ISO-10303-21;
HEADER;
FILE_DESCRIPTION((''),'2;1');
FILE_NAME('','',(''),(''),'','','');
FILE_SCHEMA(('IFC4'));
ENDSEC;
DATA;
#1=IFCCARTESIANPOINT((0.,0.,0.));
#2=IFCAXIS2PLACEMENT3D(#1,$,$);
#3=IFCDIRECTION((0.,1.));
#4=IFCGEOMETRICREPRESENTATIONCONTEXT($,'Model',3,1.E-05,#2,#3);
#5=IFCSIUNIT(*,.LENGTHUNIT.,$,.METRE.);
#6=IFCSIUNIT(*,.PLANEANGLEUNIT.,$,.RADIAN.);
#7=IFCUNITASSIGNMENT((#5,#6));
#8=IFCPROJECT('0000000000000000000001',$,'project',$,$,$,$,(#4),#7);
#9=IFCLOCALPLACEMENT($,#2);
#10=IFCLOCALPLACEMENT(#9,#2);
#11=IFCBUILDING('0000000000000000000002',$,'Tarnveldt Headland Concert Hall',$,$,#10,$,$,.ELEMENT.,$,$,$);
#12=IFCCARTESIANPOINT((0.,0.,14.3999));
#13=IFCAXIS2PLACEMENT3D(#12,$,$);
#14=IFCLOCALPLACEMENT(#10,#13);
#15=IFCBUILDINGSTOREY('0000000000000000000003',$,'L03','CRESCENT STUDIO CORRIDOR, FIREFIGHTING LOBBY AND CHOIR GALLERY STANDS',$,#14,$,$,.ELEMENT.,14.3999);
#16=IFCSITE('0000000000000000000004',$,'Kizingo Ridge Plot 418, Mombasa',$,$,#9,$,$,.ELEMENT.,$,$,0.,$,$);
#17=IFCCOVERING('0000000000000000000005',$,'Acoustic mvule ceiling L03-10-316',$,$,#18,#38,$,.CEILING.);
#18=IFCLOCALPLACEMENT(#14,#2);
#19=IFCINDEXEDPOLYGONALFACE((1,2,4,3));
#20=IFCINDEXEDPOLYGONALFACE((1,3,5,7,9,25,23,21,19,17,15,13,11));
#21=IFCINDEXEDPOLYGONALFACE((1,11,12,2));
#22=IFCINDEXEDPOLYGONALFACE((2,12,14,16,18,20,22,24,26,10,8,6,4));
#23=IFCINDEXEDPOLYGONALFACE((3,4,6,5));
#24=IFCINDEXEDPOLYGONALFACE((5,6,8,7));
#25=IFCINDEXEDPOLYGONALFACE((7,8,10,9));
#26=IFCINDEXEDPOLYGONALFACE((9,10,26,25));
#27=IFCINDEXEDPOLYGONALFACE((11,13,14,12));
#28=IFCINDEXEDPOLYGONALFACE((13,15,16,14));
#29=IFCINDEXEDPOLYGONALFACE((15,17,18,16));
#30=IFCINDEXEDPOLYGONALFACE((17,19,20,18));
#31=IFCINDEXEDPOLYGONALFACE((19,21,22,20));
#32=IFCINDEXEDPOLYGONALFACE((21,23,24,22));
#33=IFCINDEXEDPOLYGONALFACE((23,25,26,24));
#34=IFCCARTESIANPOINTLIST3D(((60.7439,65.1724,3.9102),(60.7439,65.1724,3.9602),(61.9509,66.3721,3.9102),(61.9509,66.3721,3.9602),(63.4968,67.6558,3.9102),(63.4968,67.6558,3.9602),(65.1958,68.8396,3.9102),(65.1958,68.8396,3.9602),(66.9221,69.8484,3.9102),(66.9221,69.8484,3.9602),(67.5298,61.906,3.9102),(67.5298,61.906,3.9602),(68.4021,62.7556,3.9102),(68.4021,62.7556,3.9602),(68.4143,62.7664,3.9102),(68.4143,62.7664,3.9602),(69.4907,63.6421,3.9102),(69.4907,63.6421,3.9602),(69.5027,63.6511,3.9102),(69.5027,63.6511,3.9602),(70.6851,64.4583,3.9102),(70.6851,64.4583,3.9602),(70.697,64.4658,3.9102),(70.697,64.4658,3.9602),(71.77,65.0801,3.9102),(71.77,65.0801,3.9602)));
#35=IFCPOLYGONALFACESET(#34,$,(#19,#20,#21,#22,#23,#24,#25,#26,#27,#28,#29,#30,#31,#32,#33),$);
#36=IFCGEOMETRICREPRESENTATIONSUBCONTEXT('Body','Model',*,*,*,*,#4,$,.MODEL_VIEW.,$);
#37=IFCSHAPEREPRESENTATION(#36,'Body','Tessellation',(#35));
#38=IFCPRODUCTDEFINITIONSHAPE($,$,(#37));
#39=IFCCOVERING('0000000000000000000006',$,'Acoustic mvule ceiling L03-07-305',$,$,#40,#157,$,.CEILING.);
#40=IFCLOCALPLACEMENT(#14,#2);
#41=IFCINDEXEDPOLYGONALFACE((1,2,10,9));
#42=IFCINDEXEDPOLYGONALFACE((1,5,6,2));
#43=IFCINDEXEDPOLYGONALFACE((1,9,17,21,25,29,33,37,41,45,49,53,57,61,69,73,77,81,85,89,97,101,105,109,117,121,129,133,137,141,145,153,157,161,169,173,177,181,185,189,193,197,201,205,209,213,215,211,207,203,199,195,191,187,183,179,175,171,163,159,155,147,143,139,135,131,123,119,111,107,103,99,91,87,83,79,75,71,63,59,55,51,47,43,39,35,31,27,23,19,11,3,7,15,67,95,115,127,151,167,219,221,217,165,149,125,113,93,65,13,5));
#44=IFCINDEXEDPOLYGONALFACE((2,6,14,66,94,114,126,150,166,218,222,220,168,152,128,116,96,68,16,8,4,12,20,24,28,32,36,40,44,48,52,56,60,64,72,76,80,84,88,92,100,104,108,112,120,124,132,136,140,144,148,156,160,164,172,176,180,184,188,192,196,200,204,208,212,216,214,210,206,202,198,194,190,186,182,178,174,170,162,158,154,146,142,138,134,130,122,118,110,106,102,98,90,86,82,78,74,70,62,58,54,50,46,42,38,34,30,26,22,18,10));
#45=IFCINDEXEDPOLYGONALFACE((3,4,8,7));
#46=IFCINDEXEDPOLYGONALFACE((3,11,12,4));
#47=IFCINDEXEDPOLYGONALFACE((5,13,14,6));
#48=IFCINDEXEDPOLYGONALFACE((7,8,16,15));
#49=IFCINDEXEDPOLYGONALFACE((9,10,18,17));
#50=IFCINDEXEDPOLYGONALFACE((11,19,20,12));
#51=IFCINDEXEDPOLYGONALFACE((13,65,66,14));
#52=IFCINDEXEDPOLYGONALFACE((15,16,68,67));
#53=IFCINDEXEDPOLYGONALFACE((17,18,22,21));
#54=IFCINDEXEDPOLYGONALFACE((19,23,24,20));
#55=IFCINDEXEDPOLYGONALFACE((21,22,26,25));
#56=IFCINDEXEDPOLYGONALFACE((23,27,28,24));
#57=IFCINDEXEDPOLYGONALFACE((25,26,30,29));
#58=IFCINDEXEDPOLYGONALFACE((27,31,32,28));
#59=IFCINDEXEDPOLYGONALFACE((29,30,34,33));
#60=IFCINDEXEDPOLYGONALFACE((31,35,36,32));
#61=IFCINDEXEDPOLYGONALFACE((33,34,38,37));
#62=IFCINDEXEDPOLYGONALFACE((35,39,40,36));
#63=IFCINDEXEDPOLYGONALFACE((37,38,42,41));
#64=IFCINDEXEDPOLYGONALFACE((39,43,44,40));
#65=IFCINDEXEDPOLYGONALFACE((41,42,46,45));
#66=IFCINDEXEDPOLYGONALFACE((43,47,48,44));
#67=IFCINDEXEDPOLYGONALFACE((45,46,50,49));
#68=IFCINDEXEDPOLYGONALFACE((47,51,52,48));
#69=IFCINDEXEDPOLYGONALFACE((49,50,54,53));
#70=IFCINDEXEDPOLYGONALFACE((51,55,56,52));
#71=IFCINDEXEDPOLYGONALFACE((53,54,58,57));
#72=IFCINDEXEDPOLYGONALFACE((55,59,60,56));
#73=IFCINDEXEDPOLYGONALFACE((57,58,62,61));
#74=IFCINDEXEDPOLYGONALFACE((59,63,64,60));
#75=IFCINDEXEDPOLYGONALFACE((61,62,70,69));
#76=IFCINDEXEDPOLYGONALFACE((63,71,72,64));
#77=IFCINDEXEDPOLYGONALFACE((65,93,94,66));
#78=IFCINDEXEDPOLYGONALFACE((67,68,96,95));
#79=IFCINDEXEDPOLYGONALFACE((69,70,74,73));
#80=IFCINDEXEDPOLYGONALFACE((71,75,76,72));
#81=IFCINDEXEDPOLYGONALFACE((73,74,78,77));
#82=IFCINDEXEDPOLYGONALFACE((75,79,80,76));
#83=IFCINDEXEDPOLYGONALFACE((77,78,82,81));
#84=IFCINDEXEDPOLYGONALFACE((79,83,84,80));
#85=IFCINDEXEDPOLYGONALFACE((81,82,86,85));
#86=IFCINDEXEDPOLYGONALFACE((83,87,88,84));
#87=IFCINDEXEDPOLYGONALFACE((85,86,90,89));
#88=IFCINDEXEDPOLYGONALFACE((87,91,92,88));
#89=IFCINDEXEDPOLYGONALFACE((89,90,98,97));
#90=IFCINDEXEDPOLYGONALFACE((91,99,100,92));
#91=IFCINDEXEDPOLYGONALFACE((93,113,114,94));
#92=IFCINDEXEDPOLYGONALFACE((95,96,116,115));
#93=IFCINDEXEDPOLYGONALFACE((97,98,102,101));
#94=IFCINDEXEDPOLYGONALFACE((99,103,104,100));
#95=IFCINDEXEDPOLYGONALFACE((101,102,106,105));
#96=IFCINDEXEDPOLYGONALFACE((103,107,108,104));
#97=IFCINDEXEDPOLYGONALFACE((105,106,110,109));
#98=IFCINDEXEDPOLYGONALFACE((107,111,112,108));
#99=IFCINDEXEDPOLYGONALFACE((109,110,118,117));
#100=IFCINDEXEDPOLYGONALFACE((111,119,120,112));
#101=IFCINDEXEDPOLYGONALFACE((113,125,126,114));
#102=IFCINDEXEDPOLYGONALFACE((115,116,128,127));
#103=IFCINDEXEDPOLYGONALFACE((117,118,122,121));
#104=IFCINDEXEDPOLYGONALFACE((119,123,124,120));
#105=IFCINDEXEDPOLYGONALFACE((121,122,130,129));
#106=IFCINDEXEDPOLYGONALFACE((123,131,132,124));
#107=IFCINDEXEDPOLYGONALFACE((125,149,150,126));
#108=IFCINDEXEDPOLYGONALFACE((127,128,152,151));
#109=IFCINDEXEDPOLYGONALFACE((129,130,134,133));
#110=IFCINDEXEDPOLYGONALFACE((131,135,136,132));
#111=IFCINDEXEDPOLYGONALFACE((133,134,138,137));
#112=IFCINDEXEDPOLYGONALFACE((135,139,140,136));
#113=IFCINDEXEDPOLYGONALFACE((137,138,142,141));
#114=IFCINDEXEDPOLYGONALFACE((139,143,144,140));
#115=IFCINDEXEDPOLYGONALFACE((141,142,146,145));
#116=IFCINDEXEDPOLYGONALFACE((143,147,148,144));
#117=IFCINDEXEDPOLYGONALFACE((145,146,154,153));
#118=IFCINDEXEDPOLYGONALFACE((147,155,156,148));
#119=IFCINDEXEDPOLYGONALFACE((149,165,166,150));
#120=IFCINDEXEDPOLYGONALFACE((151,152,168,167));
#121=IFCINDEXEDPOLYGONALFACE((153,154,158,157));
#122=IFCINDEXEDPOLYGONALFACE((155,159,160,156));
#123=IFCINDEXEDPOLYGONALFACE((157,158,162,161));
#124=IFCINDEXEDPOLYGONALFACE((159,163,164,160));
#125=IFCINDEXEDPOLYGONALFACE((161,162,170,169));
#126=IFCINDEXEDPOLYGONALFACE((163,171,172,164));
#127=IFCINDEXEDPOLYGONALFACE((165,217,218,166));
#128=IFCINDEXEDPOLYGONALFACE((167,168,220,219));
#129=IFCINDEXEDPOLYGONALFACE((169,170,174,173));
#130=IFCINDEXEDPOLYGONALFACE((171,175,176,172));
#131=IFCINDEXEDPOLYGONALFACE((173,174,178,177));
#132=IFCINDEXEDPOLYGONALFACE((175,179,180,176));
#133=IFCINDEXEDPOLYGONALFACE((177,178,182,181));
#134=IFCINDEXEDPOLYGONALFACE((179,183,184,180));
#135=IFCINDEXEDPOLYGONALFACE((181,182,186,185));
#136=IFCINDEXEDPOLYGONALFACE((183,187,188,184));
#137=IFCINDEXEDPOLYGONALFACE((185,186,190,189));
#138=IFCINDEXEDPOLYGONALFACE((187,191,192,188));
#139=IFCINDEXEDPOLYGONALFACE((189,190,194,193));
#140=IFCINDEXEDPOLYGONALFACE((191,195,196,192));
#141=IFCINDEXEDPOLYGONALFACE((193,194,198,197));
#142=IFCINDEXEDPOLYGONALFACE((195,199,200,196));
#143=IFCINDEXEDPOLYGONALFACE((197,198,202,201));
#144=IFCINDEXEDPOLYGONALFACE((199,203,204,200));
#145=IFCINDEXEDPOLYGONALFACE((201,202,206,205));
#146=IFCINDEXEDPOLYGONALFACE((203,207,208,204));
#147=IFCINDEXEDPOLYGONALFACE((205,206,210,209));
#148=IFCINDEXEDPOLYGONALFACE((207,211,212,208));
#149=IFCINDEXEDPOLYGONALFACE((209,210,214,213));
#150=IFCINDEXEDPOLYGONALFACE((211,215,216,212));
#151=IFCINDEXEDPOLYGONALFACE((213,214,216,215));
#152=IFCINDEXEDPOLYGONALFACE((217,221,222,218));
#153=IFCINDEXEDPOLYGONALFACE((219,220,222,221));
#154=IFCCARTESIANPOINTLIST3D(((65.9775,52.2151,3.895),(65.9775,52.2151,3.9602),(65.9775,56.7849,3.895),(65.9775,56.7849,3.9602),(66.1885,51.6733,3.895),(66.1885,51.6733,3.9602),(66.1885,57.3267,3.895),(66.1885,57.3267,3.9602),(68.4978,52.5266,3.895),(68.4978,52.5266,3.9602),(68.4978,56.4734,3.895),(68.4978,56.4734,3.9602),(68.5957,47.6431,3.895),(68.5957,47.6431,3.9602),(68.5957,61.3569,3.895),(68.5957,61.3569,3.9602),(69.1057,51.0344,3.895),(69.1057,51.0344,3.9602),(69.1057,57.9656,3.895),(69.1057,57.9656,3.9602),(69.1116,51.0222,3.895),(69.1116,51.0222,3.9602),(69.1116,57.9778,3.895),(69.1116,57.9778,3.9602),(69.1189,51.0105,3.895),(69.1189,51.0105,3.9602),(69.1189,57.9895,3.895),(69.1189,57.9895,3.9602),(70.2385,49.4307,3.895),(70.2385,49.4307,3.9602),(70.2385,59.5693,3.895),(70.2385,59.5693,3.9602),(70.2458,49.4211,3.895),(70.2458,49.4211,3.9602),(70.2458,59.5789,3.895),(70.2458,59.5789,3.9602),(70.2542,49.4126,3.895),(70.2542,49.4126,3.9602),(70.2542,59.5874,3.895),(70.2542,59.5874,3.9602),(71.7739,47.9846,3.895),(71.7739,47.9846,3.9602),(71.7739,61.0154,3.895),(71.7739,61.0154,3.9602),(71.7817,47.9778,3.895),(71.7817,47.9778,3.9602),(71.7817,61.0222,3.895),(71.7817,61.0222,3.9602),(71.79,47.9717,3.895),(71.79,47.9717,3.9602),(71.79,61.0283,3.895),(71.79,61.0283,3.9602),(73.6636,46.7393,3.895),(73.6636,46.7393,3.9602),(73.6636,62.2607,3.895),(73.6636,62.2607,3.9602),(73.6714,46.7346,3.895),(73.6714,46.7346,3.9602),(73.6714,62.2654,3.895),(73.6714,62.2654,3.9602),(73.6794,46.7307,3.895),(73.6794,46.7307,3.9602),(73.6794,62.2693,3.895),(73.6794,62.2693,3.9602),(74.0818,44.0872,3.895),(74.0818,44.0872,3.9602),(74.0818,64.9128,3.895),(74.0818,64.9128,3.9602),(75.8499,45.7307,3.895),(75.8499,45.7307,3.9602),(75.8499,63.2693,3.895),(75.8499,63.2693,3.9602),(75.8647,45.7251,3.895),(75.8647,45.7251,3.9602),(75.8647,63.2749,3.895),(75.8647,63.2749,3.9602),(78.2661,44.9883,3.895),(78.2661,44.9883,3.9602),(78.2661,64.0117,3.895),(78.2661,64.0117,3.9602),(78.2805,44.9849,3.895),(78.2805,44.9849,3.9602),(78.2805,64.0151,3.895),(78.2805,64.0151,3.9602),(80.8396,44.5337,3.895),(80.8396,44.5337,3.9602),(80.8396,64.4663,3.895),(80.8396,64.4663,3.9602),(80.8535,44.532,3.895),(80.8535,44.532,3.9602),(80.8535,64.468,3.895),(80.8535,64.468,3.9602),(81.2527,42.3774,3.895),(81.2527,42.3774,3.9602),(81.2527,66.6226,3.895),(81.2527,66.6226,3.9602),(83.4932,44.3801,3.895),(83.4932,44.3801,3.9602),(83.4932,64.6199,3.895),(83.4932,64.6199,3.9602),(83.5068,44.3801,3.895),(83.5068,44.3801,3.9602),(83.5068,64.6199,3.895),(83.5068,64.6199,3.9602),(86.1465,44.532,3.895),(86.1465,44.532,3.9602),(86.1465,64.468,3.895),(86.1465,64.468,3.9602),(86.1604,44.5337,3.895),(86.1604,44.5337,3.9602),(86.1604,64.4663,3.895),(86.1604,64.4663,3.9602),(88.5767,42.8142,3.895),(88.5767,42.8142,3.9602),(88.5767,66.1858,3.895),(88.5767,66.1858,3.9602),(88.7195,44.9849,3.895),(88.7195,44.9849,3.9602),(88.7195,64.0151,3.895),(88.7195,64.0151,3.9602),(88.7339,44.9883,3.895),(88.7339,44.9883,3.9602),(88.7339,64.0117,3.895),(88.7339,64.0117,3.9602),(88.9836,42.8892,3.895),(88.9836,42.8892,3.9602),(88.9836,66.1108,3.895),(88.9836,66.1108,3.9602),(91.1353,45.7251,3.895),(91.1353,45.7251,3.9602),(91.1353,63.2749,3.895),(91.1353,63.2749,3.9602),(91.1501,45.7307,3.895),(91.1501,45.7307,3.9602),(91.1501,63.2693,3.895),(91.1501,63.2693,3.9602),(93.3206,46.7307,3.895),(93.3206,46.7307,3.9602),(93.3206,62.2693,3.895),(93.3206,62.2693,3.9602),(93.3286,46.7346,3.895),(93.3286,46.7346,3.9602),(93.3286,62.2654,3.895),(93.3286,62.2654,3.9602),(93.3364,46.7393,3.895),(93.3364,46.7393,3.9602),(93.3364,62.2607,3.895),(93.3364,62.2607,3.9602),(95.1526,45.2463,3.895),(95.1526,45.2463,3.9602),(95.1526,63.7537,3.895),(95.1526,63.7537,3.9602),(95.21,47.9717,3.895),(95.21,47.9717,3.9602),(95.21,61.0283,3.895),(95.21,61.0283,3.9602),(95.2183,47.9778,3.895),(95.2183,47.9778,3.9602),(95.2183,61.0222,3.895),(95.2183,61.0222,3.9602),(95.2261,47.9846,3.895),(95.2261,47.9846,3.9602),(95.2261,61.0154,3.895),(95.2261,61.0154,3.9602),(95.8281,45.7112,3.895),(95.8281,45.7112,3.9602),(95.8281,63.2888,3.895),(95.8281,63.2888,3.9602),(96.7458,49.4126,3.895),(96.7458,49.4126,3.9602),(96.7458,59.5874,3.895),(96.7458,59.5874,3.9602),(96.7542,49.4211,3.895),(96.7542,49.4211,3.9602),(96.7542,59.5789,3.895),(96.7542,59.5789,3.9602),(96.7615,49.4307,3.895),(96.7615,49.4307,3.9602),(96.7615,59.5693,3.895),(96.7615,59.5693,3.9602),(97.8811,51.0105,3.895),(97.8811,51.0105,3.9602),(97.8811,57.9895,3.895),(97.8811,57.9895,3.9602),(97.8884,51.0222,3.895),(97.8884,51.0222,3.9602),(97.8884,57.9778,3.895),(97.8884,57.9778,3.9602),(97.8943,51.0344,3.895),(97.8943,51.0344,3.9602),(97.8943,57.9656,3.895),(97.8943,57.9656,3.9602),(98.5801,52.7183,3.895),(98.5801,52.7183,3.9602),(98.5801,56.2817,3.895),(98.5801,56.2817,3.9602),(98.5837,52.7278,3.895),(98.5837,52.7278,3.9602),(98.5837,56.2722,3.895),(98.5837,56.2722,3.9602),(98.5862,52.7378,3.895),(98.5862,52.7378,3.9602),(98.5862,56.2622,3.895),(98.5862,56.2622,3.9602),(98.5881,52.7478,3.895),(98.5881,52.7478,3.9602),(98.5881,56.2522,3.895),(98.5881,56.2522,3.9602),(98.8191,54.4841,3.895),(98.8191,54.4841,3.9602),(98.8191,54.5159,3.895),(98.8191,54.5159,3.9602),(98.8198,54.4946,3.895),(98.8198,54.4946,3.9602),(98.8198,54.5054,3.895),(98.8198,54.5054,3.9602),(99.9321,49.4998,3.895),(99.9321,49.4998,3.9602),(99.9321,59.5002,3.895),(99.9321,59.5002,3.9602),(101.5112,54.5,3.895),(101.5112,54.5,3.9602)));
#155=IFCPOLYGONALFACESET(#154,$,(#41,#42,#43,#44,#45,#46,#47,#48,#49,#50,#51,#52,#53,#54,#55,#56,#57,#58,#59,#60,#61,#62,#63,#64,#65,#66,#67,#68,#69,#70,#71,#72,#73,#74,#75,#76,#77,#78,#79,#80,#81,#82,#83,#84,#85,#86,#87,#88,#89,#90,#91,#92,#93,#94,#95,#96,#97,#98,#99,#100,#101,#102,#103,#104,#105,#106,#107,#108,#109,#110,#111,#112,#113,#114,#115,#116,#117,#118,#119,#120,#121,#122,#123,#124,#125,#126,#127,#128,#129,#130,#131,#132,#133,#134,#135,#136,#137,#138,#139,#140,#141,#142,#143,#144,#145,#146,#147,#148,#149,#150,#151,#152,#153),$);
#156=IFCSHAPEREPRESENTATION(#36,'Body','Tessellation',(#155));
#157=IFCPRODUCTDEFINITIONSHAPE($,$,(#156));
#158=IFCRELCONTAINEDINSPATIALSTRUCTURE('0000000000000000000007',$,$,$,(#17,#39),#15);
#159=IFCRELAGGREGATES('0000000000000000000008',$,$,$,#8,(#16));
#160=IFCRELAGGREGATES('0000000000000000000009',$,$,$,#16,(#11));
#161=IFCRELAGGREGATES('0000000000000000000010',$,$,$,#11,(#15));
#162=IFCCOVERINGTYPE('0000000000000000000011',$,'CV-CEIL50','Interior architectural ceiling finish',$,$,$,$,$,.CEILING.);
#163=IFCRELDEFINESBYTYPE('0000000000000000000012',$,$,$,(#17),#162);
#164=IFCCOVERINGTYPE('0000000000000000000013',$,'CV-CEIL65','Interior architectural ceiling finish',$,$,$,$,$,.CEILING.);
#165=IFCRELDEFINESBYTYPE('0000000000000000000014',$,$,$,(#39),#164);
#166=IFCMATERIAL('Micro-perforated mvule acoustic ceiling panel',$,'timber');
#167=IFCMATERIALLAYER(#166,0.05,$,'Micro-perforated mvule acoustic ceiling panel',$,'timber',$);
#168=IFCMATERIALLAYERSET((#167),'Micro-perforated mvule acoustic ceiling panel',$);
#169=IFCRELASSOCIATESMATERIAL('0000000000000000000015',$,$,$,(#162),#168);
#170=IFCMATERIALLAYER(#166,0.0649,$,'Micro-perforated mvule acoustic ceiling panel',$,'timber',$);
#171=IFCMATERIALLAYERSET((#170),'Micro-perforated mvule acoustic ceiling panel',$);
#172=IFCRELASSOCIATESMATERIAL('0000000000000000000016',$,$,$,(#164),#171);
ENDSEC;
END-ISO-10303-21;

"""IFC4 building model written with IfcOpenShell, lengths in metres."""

from ifc_helpers import new_model, si_unit, direction, frame, origin, place, context, subcontext, project, spatial, polyline, outline, extrude, material, layer, layer_set, type_object, element, save


model = new_model("IFC4")

# Units and contexts
model_context = context("Model", 3, precision=1e-05, world=origin(), true_north=direction((0.0, 1.0)))
body_context = subcontext(model_context, "Body", "Model", "MODEL_VIEW")
ifc_project = project(units=[si_unit("LENGTHUNIT", "METRE"), si_unit("PLANEANGLEUNIT", "RADIAN")], contexts=[model_context])

# Site, building, storey
site_placement = place(None, origin())
site = spatial("IfcSite", under=ifc_project, at=site_placement, Name="Kizingo Ridge Plot 418, Mombasa", CompositionType="ELEMENT", RefElevation=0.0)
building_placement = place(site_placement, origin())
building = spatial("IfcBuilding", under=site, at=building_placement, Name="Tarnveldt Headland Concert Hall", CompositionType="ELEMENT")
storey_placement = place(building_placement, frame((0.0, 0.0, 14.3999)))
storey = spatial("IfcBuildingStorey", under=building, at=storey_placement, Name="L03", Description="CRESCENT STUDIO CORRIDOR, FIREFIGHTING LOBBY AND CHOIR GALLERY STANDS", CompositionType="ELEMENT", Elevation=14.3999)

# Coverings
ifc_material_1 = material(Name="Micro-perforated mvule acoustic ceiling panel", Category="timber")
ifc_layer_1 = layer(ifc_material_1, 0.05, Name="Micro-perforated mvule acoustic ceiling panel", Category="timber")
ifc_layer_set_1 = layer_set([ifc_layer_1], Name="Micro-perforated mvule acoustic ceiling panel")
covering_type_1 = type_object("IfcCoveringType", Name="CV-CEIL50", Description="Interior architectural ceiling finish", PredefinedType="CEILING", material=ifc_layer_set_1)
covering_1_placement = place(storey_placement, frame((0.0, 0.0, 3.9102)))
element("IfcCovering", 1, at=covering_1_placement, inside=storey, type_object=covering_type_1, Name="Acoustic mvule ceiling L03-10-316", PredefinedType="CEILING", context=body_context, shape_type="SweptSolid", body=[
    extrude(outline(polyline([(71.77, 65.0801), (70.697, 64.4658), (70.6851, 64.4583), (69.5027, 63.6511), (69.4907, 63.6421), (68.4143, 62.7664), (68.4021, 62.7556), (67.5298, 61.906), (60.7439, 65.1724), (61.9509, 66.3721), (63.4968, 67.6558), (65.1958, 68.8396), (66.9221, 69.8484), (71.77, 65.0801)])), origin(), (0.0, 0.0, 1.0), 0.05),
])
ifc_layer_2 = layer(ifc_material_1, 0.0649, Name="Micro-perforated mvule acoustic ceiling panel", Category="timber")
ifc_layer_set_2 = layer_set([ifc_layer_2], Name="Micro-perforated mvule acoustic ceiling panel")
covering_type_2 = type_object("IfcCoveringType", Name="CV-CEIL65", Description="Interior architectural ceiling finish", PredefinedType="CEILING", material=ifc_layer_set_2)
covering_2_placement = place(storey_placement, frame((0.0, 0.0, 3.895)))
element("IfcCovering", 2, at=covering_2_placement, inside=storey, type_object=covering_type_2, Name="Acoustic mvule ceiling L03-07-305", PredefinedType="CEILING", context=body_context, shape_type="SweptSolid", body=[
    extrude(outline(polyline([(65.9775, 56.7849), (66.1885, 57.3267), (68.5957, 61.3569), (74.0818, 64.9128), (81.2527, 66.6226), (88.5767, 66.1858), (88.9836, 66.1108), (95.1526, 63.7537), (95.8281, 63.2888), (99.9321, 59.5002), (101.5112, 54.5), (99.9321, 49.4998), (95.8281, 45.7112), (95.1526, 45.2463), (88.9836, 42.8892), (88.5767, 42.8142), (81.2527, 42.3774), (74.0818, 44.0872), (68.5957, 47.6431), (66.1885, 51.6733), (65.9775, 52.2151), (68.4978, 52.5266), (69.1057, 51.0344), (69.1116, 51.0222), (69.1189, 51.0105), (70.2385, 49.4307), (70.2458, 49.4211), (70.2542, 49.4126), (71.7739, 47.9846), (71.7817, 47.9778), (71.79, 47.9717), (73.6636, 46.7393), (73.6714, 46.7346), (73.6794, 46.7307), (75.8499, 45.7307), (75.8647, 45.7251), (78.2661, 44.9883), (78.2805, 44.9849), (80.8396, 44.5337), (80.8535, 44.532), (83.4932, 44.3801), (83.5068, 44.3801), (86.1465, 44.532), (86.1604, 44.5337), (88.7195, 44.9849), (88.7339, 44.9883), (91.1353, 45.7251), (91.1501, 45.7307), (93.3206, 46.7307), (93.3286, 46.7346), (93.3364, 46.7393), (95.21, 47.9717), (95.2183, 47.9778), (95.2261, 47.9846), (96.7458, 49.4126), (96.7542, 49.4211), (96.7615, 49.4307), (97.8811, 51.0105), (97.8884, 51.0222), (97.8943, 51.0344), (98.5801, 52.7183), (98.5837, 52.7278), (98.5862, 52.7378), (98.5881, 52.7478), (98.8191, 54.4841), (98.8198, 54.4946), (98.8198, 54.5054), (98.8191, 54.5159), (98.5881, 56.2522), (98.5862, 56.2622), (98.5837, 56.2722), (98.5801, 56.2817), (97.8943, 57.9656), (97.8884, 57.9778), (97.8811, 57.9895), (96.7615, 59.5693), (96.7542, 59.5789), (96.7458, 59.5874), (95.2261, 61.0154), (95.2183, 61.0222), (95.21, 61.0283), (93.3364, 62.2607), (93.3286, 62.2654), (93.3206, 62.2693), (91.1501, 63.2693), (91.1353, 63.2749), (88.7339, 64.0117), (88.7195, 64.0151), (86.1604, 64.4663), (86.1465, 64.468), (83.5068, 64.6199), (83.4932, 64.6199), (80.8535, 64.468), (80.8396, 64.4663), (78.2805, 64.0151), (78.2661, 64.0117), (75.8647, 63.2749), (75.8499, 63.2693), (73.6794, 62.2693), (73.6714, 62.2654), (73.6636, 62.2607), (71.79, 61.0283), (71.7817, 61.0222), (71.7739, 61.0154), (70.2542, 59.5874), (70.2458, 59.5789), (70.2385, 59.5693), (69.1189, 57.9895), (69.1116, 57.9778), (69.1057, 57.9656), (68.4978, 56.4734), (65.9775, 56.7849)])), origin(), (0.0, 0.0, 1.0), 0.0652),
])

save(model, "model.ifc")
